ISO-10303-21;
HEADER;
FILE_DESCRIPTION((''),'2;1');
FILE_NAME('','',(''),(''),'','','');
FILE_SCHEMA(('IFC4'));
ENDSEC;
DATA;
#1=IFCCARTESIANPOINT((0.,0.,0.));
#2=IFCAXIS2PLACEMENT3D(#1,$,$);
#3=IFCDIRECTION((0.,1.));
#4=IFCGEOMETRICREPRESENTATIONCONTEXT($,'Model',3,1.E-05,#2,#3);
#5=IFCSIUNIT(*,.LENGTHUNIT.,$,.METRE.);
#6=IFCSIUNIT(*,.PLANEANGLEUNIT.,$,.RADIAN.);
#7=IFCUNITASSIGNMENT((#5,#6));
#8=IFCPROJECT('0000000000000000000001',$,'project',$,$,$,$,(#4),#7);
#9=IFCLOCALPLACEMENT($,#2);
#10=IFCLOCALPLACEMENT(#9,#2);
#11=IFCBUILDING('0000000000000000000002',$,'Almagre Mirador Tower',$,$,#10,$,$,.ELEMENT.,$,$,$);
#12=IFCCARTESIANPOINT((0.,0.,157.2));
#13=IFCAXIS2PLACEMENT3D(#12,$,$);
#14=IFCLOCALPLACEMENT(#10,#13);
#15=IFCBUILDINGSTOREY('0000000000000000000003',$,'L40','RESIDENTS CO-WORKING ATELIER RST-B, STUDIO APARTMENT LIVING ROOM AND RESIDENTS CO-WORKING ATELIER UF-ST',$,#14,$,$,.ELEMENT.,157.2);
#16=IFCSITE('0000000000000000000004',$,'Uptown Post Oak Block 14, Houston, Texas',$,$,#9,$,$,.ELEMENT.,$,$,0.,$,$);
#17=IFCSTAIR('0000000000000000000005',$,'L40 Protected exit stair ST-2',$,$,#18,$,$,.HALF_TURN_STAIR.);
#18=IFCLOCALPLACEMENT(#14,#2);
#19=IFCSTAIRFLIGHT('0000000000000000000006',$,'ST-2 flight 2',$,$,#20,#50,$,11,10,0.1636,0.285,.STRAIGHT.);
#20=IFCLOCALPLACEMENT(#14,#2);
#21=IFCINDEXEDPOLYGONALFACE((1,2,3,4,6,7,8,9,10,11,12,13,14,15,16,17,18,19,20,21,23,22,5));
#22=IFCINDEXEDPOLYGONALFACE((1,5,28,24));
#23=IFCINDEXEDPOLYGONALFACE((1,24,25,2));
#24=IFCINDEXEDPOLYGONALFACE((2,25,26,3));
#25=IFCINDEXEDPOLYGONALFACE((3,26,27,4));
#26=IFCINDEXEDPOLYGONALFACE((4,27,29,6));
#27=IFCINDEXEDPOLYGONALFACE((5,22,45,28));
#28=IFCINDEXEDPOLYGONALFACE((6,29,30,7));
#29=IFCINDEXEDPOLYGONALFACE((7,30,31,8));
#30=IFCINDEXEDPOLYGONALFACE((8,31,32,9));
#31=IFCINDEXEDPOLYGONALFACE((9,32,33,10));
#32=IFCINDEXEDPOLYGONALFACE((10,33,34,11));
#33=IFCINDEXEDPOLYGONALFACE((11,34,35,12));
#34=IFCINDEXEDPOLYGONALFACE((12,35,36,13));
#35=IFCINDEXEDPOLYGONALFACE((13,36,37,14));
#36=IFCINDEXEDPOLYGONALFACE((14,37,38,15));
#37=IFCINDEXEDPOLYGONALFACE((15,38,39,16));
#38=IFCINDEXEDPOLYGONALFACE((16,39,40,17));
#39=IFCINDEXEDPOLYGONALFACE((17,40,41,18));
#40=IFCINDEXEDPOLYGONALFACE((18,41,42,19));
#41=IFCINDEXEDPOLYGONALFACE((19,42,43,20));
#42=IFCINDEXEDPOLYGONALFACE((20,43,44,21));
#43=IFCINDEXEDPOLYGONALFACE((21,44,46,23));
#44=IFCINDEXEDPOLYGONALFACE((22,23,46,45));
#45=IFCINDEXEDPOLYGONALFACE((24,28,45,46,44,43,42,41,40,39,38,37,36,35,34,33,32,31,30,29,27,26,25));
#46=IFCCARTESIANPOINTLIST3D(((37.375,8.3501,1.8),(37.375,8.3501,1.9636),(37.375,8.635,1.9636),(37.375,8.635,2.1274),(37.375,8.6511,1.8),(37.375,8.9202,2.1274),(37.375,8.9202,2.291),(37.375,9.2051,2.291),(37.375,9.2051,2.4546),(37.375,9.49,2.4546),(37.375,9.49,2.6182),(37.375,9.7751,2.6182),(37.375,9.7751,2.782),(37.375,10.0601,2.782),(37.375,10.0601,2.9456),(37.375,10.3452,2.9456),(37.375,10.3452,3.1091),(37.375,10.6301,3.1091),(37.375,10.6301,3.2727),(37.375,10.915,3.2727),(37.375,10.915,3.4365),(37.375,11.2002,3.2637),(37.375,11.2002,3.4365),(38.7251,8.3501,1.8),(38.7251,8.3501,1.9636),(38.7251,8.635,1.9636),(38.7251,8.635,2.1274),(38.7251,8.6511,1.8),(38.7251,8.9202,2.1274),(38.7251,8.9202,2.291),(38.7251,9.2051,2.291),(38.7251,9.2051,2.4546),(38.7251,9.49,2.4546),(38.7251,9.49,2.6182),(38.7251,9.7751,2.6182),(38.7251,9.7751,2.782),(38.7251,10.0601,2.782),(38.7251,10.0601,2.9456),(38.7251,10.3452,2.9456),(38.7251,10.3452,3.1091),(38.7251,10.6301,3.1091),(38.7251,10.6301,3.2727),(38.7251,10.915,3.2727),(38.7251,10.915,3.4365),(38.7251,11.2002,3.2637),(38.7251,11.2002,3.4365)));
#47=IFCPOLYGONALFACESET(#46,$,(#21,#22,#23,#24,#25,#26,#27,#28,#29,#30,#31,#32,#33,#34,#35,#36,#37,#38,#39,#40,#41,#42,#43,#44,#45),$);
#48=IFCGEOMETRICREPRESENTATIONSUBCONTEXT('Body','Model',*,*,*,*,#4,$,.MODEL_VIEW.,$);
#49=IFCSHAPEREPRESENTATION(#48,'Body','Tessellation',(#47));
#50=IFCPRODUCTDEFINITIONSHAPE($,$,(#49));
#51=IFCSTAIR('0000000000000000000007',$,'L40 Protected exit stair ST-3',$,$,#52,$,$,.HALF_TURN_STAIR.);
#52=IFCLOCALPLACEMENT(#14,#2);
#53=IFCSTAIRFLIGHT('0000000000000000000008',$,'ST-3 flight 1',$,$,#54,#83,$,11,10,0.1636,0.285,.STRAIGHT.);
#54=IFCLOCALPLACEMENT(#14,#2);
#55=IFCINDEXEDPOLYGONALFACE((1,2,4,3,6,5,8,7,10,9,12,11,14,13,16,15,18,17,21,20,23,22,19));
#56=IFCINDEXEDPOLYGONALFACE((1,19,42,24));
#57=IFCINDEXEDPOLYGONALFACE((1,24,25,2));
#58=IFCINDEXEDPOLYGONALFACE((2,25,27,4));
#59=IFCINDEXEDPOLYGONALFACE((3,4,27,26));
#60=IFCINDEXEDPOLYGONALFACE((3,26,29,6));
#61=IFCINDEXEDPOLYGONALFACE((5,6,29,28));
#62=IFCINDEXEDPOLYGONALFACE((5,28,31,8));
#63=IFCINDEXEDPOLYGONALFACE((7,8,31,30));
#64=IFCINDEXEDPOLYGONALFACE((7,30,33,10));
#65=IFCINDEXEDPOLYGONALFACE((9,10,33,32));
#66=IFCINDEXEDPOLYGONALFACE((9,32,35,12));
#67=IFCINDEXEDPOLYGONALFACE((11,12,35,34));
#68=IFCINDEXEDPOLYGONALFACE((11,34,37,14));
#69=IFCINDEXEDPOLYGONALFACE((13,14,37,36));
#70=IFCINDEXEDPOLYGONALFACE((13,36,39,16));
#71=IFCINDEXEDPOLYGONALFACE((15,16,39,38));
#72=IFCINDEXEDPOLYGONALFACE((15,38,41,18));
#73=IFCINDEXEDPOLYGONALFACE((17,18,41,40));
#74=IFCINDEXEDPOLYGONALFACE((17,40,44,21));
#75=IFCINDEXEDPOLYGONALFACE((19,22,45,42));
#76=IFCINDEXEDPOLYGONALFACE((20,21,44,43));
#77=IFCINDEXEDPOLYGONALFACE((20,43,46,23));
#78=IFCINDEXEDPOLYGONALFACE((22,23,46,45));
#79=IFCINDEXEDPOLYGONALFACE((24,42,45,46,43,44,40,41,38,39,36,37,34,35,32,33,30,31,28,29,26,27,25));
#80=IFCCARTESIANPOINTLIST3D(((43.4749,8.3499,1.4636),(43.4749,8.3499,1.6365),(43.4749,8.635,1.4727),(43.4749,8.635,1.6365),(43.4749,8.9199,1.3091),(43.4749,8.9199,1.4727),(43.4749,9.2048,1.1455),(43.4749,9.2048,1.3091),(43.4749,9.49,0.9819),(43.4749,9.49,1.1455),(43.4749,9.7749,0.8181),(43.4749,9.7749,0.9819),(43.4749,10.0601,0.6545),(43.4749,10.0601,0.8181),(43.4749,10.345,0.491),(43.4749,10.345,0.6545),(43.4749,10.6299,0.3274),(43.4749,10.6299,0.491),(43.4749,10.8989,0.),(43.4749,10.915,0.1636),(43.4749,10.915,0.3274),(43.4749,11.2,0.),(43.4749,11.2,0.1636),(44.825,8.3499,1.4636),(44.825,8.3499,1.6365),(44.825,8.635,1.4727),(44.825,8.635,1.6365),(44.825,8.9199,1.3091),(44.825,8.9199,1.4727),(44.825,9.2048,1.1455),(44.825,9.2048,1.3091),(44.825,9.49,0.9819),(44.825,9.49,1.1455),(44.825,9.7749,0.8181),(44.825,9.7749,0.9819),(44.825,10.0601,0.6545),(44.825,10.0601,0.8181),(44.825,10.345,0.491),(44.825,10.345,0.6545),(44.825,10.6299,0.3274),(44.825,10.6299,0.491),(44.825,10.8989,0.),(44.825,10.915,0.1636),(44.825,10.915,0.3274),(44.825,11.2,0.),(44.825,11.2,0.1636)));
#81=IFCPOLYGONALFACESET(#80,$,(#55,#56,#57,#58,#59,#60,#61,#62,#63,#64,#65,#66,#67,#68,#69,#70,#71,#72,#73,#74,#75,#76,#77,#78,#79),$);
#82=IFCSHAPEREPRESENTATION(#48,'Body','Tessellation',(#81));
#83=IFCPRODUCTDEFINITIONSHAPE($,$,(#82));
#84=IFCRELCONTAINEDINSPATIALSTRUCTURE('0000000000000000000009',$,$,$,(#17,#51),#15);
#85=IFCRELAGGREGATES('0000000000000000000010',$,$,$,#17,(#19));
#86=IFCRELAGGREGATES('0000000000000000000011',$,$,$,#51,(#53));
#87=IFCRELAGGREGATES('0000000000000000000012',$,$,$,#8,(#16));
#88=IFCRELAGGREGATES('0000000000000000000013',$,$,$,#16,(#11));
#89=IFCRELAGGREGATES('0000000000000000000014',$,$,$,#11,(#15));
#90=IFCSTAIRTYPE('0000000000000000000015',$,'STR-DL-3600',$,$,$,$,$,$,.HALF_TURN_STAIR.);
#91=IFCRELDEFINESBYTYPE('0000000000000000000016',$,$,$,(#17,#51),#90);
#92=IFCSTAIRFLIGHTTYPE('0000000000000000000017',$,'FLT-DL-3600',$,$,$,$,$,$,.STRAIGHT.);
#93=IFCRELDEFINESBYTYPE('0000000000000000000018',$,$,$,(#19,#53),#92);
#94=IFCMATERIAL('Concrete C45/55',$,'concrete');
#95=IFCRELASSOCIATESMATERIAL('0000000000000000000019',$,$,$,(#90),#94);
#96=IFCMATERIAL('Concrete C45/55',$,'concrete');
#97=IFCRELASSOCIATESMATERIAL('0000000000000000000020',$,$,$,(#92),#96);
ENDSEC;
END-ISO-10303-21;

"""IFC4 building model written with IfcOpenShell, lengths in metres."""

from ifc_helpers import new_model, si_unit, direction, frame, origin, place, context, subcontext, project, spatial, polyline, outline, extrude, material, type_object, element, aggregate, save


model = new_model("IFC4")

# Units and contexts
model_context = context("Model", 3, precision=1e-05, world=origin(), true_north=direction((0.0, 1.0)))
body_context = subcontext(model_context, "Body", "Model", "MODEL_VIEW")
ifc_project = project(units=[si_unit("LENGTHUNIT", "METRE"), si_unit("PLANEANGLEUNIT", "RADIAN")], contexts=[model_context])

# Site, building, storey
site_placement = place(None, origin())
site = spatial("IfcSite", under=ifc_project, at=site_placement, Name="Uptown Post Oak Block 14, Houston, Texas", CompositionType="ELEMENT", RefElevation=0.0)
building_placement = place(site_placement, origin())
building = spatial("IfcBuilding", under=site, at=building_placement, Name="Almagre Mirador Tower", CompositionType="ELEMENT")
storey_placement = place(building_placement, frame((0.0, 0.0, 157.2)))
storey = spatial("IfcBuildingStorey", under=building, at=storey_placement, Name="L40", Description="RESIDENTS CO-WORKING ATELIER RST-B, STUDIO APARTMENT LIVING ROOM AND RESIDENTS CO-WORKING ATELIER UF-ST", CompositionType="ELEMENT", Elevation=157.2)

# Stair, stair flight
ifc_material_1 = material(Name="Concrete C45/55", Category="concrete")
stair_type = type_object("IfcStairType", Name="STR-DL-3600", PredefinedType="HALF_TURN_STAIR", material=ifc_material_1)
stair_1_placement = place(storey_placement, origin())
stair_1 = element("IfcStair", 1, at=stair_1_placement, inside=storey, type_object=stair_type, Name="L40 Protected exit stair ST-2", PredefinedType="HALF_TURN_STAIR")
ifc_material_2 = material(Name="Concrete C45/55", Category="concrete")
stair_flight_type = type_object("IfcStairFlightType", Name="FLT-DL-3600", PredefinedType="STRAIGHT", material=ifc_material_2)
stair_flight_1_placement = place(storey_placement, frame((38.05, 8.3501, 1.8), z_axis=(0.0, 0.0, 1.0), x_axis=(0.0, 1.0, 0.0)))
stair_flight_1 = element("IfcStairFlight", 2, at=stair_flight_1_placement, type_object=stair_flight_type, Name="ST-2 flight 2", NumberOfRisers=11, NumberOfTreads=10, PredefinedType="STRAIGHT", RiserHeight=0.1636, TreadLength=0.285, context=body_context, shape_type="SweptSolid", body=[
    extrude(outline(polyline([(0.0, 0.0), (0.0, 0.1636), (0.2849, 0.1636), (0.2849, 0.3274), (0.5701, 0.3274), (0.5701, 0.491), (0.855, 0.491), (0.855, 0.6545), (1.1399, 0.6545), (1.1399, 0.8181), (1.425, 0.8181), (1.425, 0.9819), (1.71, 0.9819), (1.71, 1.1455), (1.9951, 1.1455), (1.9951, 1.3091), (2.28, 1.3091), (2.28, 1.4727), (2.5649, 1.4727), (2.5649, 1.6365), (2.8501, 1.6365), (2.8501, 1.8), (2.8501, 1.4636), (0.301, 0.0), (0.0, 0.0)])), frame((0.0, 0.675, 0.0), z_axis=(0.0, -1.0, 0.0), x_axis=(1.0, 0.0, 0.0)), (0.0, 0.0, 1.0), 1.3501),
])
aggregate(stair_1, [stair_flight_1])

# Stair, stair flight
stair_2_placement = place(storey_placement, origin())
stair_2 = element("IfcStair", 3, at=stair_2_placement, inside=storey, type_object=stair_type, Name="L40 Protected exit stair ST-3", PredefinedType="HALF_TURN_STAIR")
stair_flight_2_placement = place(storey_placement, frame((44.1499, 11.2, 0.0), z_axis=(0.0, 0.0, 1.0), x_axis=(0.0, -1.0, 0.0)))
stair_flight_2 = element("IfcStairFlight", 4, at=stair_flight_2_placement, type_object=stair_flight_type, Name="ST-3 flight 1", NumberOfRisers=11, NumberOfTreads=10, PredefinedType="STRAIGHT", RiserHeight=0.1636, TreadLength=0.285, context=body_context, shape_type="SweptSolid", body=[
    extrude(outline(polyline([(0.0, 0.0), (0.0, 0.1636), (0.2849, 0.1636), (0.2849, 0.3274), (0.5701, 0.3274), (0.5701, 0.491), (0.855, 0.491), (0.855, 0.6545), (1.1399, 0.6545), (1.1399, 0.8181), (1.425, 0.8181), (1.425, 0.9819), (1.71, 0.9819), (1.71, 1.1455), (1.9951, 1.1455), (1.9951, 1.3091), (2.28, 1.3091), (2.28, 1.4727), (2.5649, 1.4727), (2.5649, 1.6365), (2.8501, 1.6365), (2.8501, 1.8), (2.8501, 1.4636), (0.301, 0.0), (0.0, 0.0)])), frame((0.0, 0.675, 0.0), z_axis=(0.0, -1.0, 0.0), x_axis=(1.0, 0.0, 0.0)), (0.0, 0.0, 1.0), 1.3501),
])
aggregate(stair_2, [stair_flight_2])

save(model, "model.ifc")
